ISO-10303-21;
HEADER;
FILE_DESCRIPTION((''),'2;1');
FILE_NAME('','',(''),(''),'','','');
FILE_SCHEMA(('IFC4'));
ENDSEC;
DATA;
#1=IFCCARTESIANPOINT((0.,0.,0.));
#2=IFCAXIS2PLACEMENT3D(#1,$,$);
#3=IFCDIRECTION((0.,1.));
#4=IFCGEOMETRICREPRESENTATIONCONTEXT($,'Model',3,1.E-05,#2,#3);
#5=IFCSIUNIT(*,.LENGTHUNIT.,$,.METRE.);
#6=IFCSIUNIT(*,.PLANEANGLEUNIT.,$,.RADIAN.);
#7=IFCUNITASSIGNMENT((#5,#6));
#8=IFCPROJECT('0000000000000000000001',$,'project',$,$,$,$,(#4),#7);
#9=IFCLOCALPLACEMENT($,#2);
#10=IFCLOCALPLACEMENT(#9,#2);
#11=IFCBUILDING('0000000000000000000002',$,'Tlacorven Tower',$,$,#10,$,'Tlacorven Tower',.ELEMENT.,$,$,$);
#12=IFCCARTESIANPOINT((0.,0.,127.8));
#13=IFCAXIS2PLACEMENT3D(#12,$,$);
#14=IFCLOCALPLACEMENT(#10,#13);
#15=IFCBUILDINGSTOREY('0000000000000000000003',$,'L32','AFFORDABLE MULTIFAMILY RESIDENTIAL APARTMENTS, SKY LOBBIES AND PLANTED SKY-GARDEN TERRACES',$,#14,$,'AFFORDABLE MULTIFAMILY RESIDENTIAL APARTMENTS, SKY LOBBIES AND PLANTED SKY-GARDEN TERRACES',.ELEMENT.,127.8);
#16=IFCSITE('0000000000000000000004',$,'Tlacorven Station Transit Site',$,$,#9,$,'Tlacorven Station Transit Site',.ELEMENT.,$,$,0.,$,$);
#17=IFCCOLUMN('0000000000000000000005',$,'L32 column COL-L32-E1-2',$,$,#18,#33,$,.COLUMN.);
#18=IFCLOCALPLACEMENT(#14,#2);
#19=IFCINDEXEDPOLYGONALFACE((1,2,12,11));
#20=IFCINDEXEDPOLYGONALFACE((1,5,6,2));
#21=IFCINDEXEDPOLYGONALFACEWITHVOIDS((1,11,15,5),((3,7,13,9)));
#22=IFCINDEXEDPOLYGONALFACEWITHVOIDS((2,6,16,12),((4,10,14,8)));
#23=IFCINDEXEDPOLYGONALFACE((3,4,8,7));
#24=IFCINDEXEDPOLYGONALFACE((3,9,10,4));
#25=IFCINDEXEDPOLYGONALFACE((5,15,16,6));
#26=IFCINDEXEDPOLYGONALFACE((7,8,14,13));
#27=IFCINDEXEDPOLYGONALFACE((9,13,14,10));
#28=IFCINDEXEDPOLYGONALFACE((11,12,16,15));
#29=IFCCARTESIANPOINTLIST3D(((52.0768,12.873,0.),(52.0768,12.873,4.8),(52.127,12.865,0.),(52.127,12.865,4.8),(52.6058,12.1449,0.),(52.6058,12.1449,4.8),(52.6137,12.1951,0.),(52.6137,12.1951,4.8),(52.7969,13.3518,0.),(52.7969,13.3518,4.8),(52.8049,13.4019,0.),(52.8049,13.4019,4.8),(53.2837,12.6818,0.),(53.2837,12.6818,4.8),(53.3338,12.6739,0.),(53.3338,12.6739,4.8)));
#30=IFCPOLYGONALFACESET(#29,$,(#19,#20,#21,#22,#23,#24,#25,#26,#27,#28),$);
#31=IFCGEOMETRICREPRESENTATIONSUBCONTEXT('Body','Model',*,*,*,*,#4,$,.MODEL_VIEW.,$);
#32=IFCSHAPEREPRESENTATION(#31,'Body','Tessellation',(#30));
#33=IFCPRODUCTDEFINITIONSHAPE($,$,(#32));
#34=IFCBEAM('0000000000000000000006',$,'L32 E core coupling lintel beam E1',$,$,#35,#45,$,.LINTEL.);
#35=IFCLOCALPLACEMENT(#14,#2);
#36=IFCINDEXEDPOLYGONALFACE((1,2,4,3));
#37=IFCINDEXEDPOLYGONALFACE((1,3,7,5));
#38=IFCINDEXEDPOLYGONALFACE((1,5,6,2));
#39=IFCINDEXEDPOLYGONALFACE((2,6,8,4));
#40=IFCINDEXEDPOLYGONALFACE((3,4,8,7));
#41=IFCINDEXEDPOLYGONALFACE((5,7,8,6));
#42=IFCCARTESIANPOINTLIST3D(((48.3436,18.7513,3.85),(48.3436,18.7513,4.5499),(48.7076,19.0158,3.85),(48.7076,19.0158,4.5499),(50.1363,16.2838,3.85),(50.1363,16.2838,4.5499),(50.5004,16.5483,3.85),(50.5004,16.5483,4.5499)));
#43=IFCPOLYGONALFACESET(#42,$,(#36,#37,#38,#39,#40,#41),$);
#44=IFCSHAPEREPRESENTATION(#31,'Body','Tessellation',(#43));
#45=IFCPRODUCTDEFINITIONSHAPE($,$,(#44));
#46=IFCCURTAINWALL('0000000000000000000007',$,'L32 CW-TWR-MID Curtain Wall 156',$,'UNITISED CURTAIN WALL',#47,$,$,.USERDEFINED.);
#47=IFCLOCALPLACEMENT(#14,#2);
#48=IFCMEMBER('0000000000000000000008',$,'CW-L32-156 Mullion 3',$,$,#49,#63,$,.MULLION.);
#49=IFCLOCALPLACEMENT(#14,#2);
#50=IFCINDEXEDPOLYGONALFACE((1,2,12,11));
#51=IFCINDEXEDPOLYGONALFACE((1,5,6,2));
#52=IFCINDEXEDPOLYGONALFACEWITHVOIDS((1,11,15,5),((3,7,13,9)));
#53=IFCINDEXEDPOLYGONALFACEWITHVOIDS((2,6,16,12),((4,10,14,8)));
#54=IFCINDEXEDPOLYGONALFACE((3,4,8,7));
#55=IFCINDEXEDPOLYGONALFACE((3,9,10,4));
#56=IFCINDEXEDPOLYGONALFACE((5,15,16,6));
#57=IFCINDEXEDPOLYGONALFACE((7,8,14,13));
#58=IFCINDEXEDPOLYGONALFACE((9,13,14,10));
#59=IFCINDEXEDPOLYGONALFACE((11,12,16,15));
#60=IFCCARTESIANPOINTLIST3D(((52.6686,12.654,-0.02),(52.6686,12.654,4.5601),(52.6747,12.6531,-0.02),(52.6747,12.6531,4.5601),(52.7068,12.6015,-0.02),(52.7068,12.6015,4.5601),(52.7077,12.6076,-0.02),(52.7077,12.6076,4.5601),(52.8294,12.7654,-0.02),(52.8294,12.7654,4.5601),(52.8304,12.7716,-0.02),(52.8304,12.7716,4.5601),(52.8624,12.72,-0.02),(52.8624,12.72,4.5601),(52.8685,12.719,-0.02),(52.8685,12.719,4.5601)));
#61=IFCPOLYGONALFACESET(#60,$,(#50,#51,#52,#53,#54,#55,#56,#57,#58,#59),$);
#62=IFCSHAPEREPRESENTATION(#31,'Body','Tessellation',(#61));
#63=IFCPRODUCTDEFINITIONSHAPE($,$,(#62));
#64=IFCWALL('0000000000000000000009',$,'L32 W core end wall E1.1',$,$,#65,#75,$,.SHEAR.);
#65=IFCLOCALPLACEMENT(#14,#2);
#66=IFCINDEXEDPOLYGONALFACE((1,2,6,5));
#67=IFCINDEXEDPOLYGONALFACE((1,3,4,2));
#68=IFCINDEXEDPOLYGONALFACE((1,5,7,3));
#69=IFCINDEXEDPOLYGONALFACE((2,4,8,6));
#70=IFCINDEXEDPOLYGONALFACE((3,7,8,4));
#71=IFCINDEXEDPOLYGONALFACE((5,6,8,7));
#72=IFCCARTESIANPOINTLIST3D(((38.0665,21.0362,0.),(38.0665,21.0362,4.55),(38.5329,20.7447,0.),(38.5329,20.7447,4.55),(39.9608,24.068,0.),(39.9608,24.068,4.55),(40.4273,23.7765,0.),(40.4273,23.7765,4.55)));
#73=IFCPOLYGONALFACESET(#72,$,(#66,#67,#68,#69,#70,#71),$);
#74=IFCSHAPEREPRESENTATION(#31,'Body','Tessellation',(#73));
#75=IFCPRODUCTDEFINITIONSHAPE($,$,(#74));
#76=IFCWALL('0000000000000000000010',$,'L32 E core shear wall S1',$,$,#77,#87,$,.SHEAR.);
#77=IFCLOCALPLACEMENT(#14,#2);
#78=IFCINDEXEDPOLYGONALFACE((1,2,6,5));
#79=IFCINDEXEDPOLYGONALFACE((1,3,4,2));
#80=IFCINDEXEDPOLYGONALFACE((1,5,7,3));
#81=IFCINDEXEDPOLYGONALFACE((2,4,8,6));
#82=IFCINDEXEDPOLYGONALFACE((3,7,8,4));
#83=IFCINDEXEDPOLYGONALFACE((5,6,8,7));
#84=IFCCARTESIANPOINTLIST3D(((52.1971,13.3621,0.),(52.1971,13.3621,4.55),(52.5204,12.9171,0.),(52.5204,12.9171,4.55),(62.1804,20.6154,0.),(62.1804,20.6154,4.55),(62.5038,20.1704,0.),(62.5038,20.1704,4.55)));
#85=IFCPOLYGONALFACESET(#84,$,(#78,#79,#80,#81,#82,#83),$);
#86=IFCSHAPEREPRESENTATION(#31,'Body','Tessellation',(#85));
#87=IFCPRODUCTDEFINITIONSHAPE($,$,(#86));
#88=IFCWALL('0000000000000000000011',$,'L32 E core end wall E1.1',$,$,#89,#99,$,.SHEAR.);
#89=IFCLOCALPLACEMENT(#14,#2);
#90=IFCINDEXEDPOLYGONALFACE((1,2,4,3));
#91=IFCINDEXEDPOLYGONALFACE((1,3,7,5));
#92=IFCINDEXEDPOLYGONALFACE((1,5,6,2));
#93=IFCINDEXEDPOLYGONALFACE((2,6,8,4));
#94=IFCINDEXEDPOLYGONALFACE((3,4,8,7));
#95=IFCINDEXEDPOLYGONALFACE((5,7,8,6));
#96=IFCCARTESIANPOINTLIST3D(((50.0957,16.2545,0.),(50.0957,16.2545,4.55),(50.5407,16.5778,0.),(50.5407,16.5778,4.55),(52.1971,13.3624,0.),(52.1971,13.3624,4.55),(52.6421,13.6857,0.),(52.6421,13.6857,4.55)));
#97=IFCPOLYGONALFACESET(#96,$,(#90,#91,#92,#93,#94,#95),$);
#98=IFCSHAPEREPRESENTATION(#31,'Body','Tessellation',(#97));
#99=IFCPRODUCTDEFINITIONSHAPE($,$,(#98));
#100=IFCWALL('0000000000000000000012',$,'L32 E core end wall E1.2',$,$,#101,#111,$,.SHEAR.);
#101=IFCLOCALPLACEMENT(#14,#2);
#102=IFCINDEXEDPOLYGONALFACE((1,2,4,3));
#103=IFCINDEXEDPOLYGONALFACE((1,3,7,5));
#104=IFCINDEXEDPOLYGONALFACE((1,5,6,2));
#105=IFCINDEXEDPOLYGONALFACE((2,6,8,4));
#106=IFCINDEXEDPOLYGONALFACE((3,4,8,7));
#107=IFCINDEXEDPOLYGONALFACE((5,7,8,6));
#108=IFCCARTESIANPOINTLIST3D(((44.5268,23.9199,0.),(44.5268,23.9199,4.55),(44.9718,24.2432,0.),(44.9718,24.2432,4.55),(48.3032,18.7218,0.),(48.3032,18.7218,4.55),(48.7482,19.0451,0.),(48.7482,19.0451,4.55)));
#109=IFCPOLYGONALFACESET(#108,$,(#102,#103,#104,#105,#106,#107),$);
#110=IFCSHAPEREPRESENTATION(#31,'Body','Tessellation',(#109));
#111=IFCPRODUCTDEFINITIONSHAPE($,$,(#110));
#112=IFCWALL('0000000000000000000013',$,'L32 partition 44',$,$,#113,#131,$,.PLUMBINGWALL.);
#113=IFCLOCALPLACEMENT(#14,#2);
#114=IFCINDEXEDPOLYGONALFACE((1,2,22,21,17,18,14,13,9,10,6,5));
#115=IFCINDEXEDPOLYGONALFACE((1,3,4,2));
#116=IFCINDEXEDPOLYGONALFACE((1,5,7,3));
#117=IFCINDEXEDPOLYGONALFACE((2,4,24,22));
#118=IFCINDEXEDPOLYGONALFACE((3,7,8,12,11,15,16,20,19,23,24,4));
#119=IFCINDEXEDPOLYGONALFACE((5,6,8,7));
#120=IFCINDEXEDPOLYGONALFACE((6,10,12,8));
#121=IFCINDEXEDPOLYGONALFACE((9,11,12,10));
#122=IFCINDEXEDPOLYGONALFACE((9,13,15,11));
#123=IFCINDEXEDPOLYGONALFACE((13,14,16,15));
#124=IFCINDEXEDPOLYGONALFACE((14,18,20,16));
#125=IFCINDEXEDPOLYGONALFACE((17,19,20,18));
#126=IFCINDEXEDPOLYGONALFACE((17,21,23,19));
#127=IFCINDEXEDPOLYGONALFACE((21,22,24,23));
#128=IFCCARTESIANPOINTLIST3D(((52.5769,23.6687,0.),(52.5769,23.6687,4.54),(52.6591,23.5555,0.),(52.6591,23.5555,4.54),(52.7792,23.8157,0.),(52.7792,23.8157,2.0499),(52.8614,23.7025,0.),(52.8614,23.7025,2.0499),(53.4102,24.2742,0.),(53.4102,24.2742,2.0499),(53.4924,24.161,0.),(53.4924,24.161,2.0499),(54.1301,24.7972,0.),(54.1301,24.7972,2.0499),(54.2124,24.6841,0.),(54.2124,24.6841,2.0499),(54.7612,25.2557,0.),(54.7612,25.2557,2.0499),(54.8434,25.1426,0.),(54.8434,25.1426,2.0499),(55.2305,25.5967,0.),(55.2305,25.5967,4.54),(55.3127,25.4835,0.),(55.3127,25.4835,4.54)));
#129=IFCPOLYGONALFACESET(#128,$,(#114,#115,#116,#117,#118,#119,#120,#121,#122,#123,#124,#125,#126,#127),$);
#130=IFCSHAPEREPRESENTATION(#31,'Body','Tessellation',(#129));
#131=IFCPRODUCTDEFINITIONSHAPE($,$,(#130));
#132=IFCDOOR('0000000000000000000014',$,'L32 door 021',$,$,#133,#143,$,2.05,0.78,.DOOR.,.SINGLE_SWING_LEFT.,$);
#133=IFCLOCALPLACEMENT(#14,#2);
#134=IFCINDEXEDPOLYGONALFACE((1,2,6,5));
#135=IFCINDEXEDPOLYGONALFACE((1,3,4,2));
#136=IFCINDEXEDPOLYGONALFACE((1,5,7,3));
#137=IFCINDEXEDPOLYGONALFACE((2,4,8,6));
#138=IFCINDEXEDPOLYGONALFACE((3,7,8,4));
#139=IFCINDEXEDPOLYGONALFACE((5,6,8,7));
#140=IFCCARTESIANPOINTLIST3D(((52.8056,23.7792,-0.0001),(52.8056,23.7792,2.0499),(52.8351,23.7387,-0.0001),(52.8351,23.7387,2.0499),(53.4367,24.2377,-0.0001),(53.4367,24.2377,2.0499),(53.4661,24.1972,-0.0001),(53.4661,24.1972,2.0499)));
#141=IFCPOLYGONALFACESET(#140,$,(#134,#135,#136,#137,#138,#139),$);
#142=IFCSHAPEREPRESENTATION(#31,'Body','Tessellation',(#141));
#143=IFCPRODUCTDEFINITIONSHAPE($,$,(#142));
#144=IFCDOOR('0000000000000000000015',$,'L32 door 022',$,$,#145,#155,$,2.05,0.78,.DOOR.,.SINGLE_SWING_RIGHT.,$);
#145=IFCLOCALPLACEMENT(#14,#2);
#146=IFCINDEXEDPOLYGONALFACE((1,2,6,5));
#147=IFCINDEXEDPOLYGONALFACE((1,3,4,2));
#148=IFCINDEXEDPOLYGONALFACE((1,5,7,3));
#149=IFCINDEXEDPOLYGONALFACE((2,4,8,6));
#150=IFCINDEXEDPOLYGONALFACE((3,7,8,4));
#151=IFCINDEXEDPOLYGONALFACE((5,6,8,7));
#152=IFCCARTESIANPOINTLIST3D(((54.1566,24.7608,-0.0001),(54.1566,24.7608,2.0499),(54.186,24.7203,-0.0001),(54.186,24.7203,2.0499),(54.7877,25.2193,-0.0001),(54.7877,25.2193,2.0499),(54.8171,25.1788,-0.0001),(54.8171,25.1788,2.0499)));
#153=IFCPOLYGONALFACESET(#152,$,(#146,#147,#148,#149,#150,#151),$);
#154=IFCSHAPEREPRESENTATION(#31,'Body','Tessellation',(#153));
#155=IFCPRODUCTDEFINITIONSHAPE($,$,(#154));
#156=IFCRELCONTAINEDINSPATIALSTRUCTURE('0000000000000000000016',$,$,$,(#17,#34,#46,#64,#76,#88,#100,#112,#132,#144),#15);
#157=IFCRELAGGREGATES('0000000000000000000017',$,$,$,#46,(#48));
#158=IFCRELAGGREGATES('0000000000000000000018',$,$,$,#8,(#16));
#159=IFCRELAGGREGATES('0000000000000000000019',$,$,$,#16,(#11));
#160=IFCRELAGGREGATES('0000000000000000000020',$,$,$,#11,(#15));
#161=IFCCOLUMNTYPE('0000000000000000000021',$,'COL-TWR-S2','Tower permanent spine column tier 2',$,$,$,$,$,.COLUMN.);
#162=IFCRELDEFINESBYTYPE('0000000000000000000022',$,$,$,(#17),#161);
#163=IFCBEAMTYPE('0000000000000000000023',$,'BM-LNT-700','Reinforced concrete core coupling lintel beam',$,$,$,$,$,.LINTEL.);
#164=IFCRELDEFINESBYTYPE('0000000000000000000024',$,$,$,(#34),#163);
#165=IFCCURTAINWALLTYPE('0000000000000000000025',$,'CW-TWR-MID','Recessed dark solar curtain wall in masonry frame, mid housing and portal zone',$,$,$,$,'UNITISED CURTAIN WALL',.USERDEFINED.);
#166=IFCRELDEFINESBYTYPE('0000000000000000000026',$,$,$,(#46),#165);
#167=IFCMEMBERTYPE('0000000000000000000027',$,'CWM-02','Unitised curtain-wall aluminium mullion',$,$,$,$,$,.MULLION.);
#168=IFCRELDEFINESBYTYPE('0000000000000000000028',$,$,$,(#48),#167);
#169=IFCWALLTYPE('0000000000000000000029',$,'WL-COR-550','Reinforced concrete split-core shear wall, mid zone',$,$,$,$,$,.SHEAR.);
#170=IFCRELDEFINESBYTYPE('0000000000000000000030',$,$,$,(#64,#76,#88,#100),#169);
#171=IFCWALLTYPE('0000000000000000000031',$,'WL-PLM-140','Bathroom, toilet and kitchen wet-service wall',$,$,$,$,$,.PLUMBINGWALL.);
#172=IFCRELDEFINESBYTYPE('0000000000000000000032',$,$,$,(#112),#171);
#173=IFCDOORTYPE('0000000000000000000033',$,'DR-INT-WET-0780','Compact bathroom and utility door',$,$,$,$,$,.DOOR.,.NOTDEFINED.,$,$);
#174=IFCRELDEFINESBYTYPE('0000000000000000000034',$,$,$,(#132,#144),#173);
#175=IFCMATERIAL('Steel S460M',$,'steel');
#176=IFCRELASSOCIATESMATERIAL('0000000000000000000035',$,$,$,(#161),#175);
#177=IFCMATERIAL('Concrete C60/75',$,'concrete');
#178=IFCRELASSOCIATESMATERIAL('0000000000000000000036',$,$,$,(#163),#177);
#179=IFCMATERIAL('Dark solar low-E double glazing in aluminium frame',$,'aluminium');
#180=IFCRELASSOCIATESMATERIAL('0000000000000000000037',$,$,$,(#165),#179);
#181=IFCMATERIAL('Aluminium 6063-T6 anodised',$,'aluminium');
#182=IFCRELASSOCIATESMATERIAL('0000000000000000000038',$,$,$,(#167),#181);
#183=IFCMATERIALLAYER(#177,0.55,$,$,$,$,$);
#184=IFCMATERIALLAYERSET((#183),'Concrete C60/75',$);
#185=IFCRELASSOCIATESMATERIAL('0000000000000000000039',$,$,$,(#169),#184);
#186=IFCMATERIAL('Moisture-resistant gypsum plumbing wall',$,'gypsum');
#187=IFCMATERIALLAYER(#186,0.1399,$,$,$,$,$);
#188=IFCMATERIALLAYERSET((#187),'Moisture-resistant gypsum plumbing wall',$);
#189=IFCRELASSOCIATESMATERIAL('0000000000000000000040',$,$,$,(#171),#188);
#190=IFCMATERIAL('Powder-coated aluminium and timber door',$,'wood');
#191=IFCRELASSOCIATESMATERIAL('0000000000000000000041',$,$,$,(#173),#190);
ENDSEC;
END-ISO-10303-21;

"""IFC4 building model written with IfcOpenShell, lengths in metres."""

from ifc_helpers import new_model, si_unit, direction, frame, frame_2d, origin, origin_2d, place, context, subcontext, project, spatial, rectangle, hollow_rectangle, extrude, source, transform, mapped, material, layer, layer_set, material_profile, profile_set, type_object, element, fill, aggregate, save


model = new_model("IFC4")

# Units and contexts
model_context = context("Model", 3, precision=1e-05, world=origin(), true_north=direction((0.0, 1.0)))
body_context = subcontext(model_context, "Body", "Model", "MODEL_VIEW")
ifc_project = project(units=[si_unit("LENGTHUNIT", "METRE"), si_unit("PLANEANGLEUNIT", "RADIAN")], contexts=[model_context])

# Site, building, storey
site_placement = place(None, origin())
site = spatial("IfcSite", under=ifc_project, at=site_placement, Name="Tlacorven Station Transit Site", LongName="Tlacorven Station Transit Site", CompositionType="ELEMENT", RefElevation=0.0)
building_placement = place(site_placement, origin())
building = spatial("IfcBuilding", under=site, at=building_placement, Name="Tlacorven Tower", LongName="Tlacorven Tower", CompositionType="ELEMENT")
storey_placement = place(building_placement, frame((0.0, 0.0, 127.8)))
storey = spatial("IfcBuildingStorey", under=building, at=storey_placement, Name="L32", Description="AFFORDABLE MULTIFAMILY RESIDENTIAL APARTMENTS, SKY LOBBIES AND PLANTED SKY-GARDEN TERRACES", LongName="AFFORDABLE MULTIFAMILY RESIDENTIAL APARTMENTS, SKY LOBBIES AND PLANTED SKY-GARDEN TERRACES", CompositionType="ELEMENT", Elevation=127.8)

# Column
ifc_material_1 = material(Name="Steel S460M", Category="steel")
ifc_material_profile_1 = material_profile(ifc_material_1, hollow_rectangle(XDim=0.8999, YDim=0.8999, WallThickness=0.0359, at=origin_2d()), Name="BOX 900X900X36")
ifc_profile_set_1 = profile_set([ifc_material_profile_1], Name="Steel S460M")
column_type = type_object("IfcColumnType", Name="COL-TWR-S2", Description="Tower permanent spine column tier 2", PredefinedType="COLUMN", material=ifc_profile_set_1)
shared_shape_1 = source(origin(), body_context, "Body", "SweptSolid", [
    extrude(hollow_rectangle(XDim=0.8999, YDim=0.8999, WallThickness=0.0359, at=origin_2d()), origin(), (0.0, 0.0, 1.0), 4.8),
])
column_placement = place(storey_placement, frame((52.7053, 12.7734, 0.0), z_axis=(0.0, 0.0, 1.0), x_axis=(0.809017, 0.587785, 0.0)))
element("IfcColumn", 1, at=column_placement, inside=storey, type_object=column_type, Name="L32 column COL-L32-E1-2", PredefinedType="COLUMN", context=body_context, shape_type="MappedRepresentation", body=[
    mapped(shared_shape_1, transform((0.0, 0.0, 0.0), scale=1.0)),
])

# Beam
ifc_material_2 = material(Name="Concrete C60/75", Category="concrete")
ifc_material_profile_2 = material_profile(ifc_material_2, rectangle(XDim=0.45, YDim=0.7, at=origin_2d()), Name="RC 450X700")
ifc_profile_set_2 = profile_set([ifc_material_profile_2], Name="Concrete C60/75")
beam_type = type_object("IfcBeamType", Name="BM-LNT-700", Description="Reinforced concrete core coupling lintel beam", PredefinedType="LINTEL", material=ifc_profile_set_2)
shared_shape_2 = source(origin(), body_context, "Body", "SweptSolid", [
    extrude(rectangle(XDim=0.45, YDim=0.7, at=origin_2d()), origin(), (0.0, 0.0, 1.0), 3.05),
])
beam_placement = place(storey_placement, frame((50.3184, 16.416, 4.2), z_axis=(-0.587777, 0.809023, 0.0), x_axis=(-0.809023, -0.587777, 0.0)))
element("IfcBeam", 2, at=beam_placement, inside=storey, type_object=beam_type, Name="L32 E core coupling lintel beam E1", PredefinedType="LINTEL", context=body_context, shape_type="MappedRepresentation", body=[
    mapped(shared_shape_2, transform((0.0, 0.0, 0.0), scale=1.0)),
])

# Curtain wall, member
ifc_material_3 = material(Name="Dark solar low-E double glazing in aluminium frame", Category="aluminium")
curtain_wall_type = type_object("IfcCurtainWallType", Name="CW-TWR-MID", Description="Recessed dark solar curtain wall in masonry frame, mid housing and portal zone", ElementType="UNITISED CURTAIN WALL", PredefinedType="USERDEFINED", material=ifc_material_3)
curtain_wall_placement = place(storey_placement, origin())
curtain_wall = element("IfcCurtainWall", 3, at=curtain_wall_placement, inside=storey, type_object=curtain_wall_type, Name="L32 CW-TWR-MID Curtain Wall 156", ObjectType="UNITISED CURTAIN WALL", PredefinedType="USERDEFINED")
ifc_material_4 = material(Name="Aluminium 6063-T6 anodised", Category="aluminium")
ifc_material_profile_3 = material_profile(ifc_material_4, hollow_rectangle(XDim=0.0649, YDim=0.2, WallThickness=0.0044, at=origin_2d()), Name="ALU MULLION 65X200")
ifc_profile_set_3 = profile_set([ifc_material_profile_3], Name="Aluminium 6063-T6 anodised")
member_type = type_object("IfcMemberType", Name="CWM-02", Description="Unitised curtain-wall aluminium mullion", PredefinedType="MULLION", material=ifc_profile_set_3)
shared_shape_3 = source(origin(), body_context, "Body", "SweptSolid", [
    extrude(hollow_rectangle(XDim=0.0649, YDim=0.2, WallThickness=0.0044, at=origin_2d()), origin(), (0.0, 0.0, 1.0), 4.5801),
])
member_placement = place(storey_placement, frame((52.7686, 12.6865, -0.02), z_axis=(0.0, 0.0, 1.0), x_axis=(-0.587785, 0.809017, 0.0)))
member = element("IfcMember", 4, at=member_placement, type_object=member_type, Name="CW-L32-156 Mullion 3", PredefinedType="MULLION", context=body_context, shape_type="MappedRepresentation", body=[
    mapped(shared_shape_3, transform((0.0, 0.0, 0.0), scale=1.0)),
])
aggregate(curtain_wall, [member])

# Walls
ifc_layer_1 = layer(ifc_material_2, 0.55)
ifc_layer_set_1 = layer_set([ifc_layer_1], Name="Concrete C60/75")
wall_type_1 = type_object("IfcWallType", Name="WL-COR-550", Description="Reinforced concrete split-core shear wall, mid zone", PredefinedType="SHEAR", material=ifc_layer_set_1)
wall_1_placement = place(storey_placement, frame((40.1941, 23.9224, 0.0), z_axis=(0.0, 0.0, 1.0), x_axis=(-0.529888, -0.848067, 0.0)))
element("IfcWall", 5, at=wall_1_placement, inside=storey, type_object=wall_type_1, Name="L32 W core end wall E1.1", PredefinedType="SHEAR", context=body_context, shape_type="SweptSolid", body=[
    extrude(rectangle(XDim=3.575, YDim=0.55, at=frame_2d((1.7876, 0.0))), origin(), (0.0, 0.0, 1.0), 4.55),
])
wall_2_placement = place(storey_placement, frame((52.3589, 13.1396, 0.0), z_axis=(0.0, 0.0, 1.0), x_axis=(0.809015, 0.587788, 0.0)))
element("IfcWall", 6, at=wall_2_placement, inside=storey, type_object=wall_type_1, Name="L32 E core shear wall S1", PredefinedType="SHEAR", context=body_context, shape_type="SweptSolid", body=[
    extrude(rectangle(XDim=12.3401, YDim=0.55, at=frame_2d((6.1699, 0.0))), origin(), (0.0, 0.0, 1.0), 4.55),
])
wall_3_placement = place(storey_placement, frame((52.4197, 13.5239, 0.0), z_axis=(0.0, 0.0, 1.0), x_axis=(-0.587802, 0.809005, 0.0)))
element("IfcWall", 7, at=wall_3_placement, inside=storey, type_object=wall_type_1, Name="L32 E core end wall E1.1", PredefinedType="SHEAR", context=body_context, shape_type="SweptSolid", body=[
    extrude(rectangle(XDim=3.575, YDim=0.55, at=frame_2d((1.7876, 0.0))), origin(), (0.0, 0.0, 1.0), 4.55),
])
wall_4_placement = place(storey_placement, frame((48.5256, 18.8835, 0.0), z_axis=(0.0, 0.0, 1.0), x_axis=(-0.587765, 0.809032, 0.0)))
element("IfcWall", 8, at=wall_4_placement, inside=storey, type_object=wall_type_1, Name="L32 E core end wall E1.2", PredefinedType="SHEAR", context=body_context, shape_type="SweptSolid", body=[
    extrude(rectangle(XDim=6.425, YDim=0.55, at=frame_2d((3.2124, 0.0))), origin(), (0.0, 0.0, 1.0), 4.55),
])

# Wall, openings, doors
ifc_material_5 = material(Name="Moisture-resistant gypsum plumbing wall", Category="gypsum")
ifc_layer_2 = layer(ifc_material_5, 0.1399)
ifc_layer_set_2 = layer_set([ifc_layer_2], Name="Moisture-resistant gypsum plumbing wall")
wall_type_2 = type_object("IfcWallType", Name="WL-PLM-140", Description="Bathroom, toilet and kitchen wet-service wall", PredefinedType="PLUMBINGWALL", material=ifc_layer_set_2)
wall_5_placement = place(storey_placement, frame((52.6179, 23.6121, 0.0), z_axis=(0.0, 0.0, 1.0), x_axis=(0.80901, 0.587795, 0.0)))
wall_5 = element("IfcWall", 9, at=wall_5_placement, inside=storey, type_object=wall_type_2, Name="L32 partition 44", PredefinedType="PLUMBINGWALL", context=body_context, shape_type="SweptSolid", body=[
    extrude(rectangle(XDim=3.28, YDim=0.1399, at=frame_2d((1.6401, 0.0))), origin(), (0.0, 0.0, 1.0), 4.54),
])
opening_1_placement = place(wall_5_placement, frame((0.25, 0.0, 0.0)))
opening_1 = element("IfcOpeningElement", 10, at=opening_1_placement, cuts=wall_5, PredefinedType="OPENING", context=body_context, shape_type="SweptSolid", body=[
    extrude(rectangle(XDim=0.78, YDim=2.05, at=frame_2d((0.3901, 1.0249))), frame((0.0, 0.0801, 0.0), z_axis=(0.0, -1.0, 0.0), x_axis=(1.0, 0.0, 0.0)), (0.0, 0.0, 1.0), 0.1599),
])
opening_2_placement = place(wall_5_placement, frame((1.9199, 0.0, 0.0)))
opening_2 = element("IfcOpeningElement", 11, at=opening_2_placement, cuts=wall_5, PredefinedType="OPENING", context=body_context, shape_type="SweptSolid", body=[
    extrude(rectangle(XDim=0.78, YDim=2.05, at=frame_2d((0.3901, 1.0249))), frame((0.0, 0.0801, 0.0), z_axis=(0.0, -1.0, 0.0), x_axis=(1.0, 0.0, 0.0)), (0.0, 0.0, 1.0), 0.1599),
])
ifc_material_6 = material(Name="Powder-coated aluminium and timber door", Category="wood")
door_type_1 = type_object("IfcDoorType", Name="DR-INT-WET-0780", Description="Compact bathroom and utility door", OperationType="NOTDEFINED", PredefinedType="DOOR", material=ifc_material_6)
shared_shape_4 = source(origin(), body_context, "Body", "SweptSolid", [
    extrude(rectangle(XDim=0.78, YDim=2.05, at=frame_2d((0.3901, 1.0249))), frame((0.0, 0.0249, 0.0), z_axis=(0.0, -1.0, 0.0), x_axis=(1.0, 0.0, 0.0)), (0.0, 0.0, 1.0), 0.05),
])
door_1_placement = place(opening_1_placement, origin())
door_1 = element("IfcDoor", 12, at=door_1_placement, inside=storey, type_object=door_type_1, Name="L32 door 021", OperationType="SINGLE_SWING_LEFT", OverallHeight=2.05, OverallWidth=0.78, PredefinedType="DOOR", context=body_context, shape_type="MappedRepresentation", body=[
    mapped(shared_shape_4, transform((0.0, 0.0, 0.0), scale=1.0)),
])
fill(opening_1, door_1)
door_2_placement = place(opening_2_placement, origin())
door_2 = element("IfcDoor", 13, at=door_2_placement, inside=storey, type_object=door_type_1, Name="L32 door 022", OperationType="SINGLE_SWING_RIGHT", OverallHeight=2.05, OverallWidth=0.78, PredefinedType="DOOR", context=body_context, shape_type="MappedRepresentation", body=[
    mapped(shared_shape_4, transform((0.0, 0.0, 0.0), scale=1.0)),
])
fill(opening_2, door_2)

save(model, "model.ifc")
